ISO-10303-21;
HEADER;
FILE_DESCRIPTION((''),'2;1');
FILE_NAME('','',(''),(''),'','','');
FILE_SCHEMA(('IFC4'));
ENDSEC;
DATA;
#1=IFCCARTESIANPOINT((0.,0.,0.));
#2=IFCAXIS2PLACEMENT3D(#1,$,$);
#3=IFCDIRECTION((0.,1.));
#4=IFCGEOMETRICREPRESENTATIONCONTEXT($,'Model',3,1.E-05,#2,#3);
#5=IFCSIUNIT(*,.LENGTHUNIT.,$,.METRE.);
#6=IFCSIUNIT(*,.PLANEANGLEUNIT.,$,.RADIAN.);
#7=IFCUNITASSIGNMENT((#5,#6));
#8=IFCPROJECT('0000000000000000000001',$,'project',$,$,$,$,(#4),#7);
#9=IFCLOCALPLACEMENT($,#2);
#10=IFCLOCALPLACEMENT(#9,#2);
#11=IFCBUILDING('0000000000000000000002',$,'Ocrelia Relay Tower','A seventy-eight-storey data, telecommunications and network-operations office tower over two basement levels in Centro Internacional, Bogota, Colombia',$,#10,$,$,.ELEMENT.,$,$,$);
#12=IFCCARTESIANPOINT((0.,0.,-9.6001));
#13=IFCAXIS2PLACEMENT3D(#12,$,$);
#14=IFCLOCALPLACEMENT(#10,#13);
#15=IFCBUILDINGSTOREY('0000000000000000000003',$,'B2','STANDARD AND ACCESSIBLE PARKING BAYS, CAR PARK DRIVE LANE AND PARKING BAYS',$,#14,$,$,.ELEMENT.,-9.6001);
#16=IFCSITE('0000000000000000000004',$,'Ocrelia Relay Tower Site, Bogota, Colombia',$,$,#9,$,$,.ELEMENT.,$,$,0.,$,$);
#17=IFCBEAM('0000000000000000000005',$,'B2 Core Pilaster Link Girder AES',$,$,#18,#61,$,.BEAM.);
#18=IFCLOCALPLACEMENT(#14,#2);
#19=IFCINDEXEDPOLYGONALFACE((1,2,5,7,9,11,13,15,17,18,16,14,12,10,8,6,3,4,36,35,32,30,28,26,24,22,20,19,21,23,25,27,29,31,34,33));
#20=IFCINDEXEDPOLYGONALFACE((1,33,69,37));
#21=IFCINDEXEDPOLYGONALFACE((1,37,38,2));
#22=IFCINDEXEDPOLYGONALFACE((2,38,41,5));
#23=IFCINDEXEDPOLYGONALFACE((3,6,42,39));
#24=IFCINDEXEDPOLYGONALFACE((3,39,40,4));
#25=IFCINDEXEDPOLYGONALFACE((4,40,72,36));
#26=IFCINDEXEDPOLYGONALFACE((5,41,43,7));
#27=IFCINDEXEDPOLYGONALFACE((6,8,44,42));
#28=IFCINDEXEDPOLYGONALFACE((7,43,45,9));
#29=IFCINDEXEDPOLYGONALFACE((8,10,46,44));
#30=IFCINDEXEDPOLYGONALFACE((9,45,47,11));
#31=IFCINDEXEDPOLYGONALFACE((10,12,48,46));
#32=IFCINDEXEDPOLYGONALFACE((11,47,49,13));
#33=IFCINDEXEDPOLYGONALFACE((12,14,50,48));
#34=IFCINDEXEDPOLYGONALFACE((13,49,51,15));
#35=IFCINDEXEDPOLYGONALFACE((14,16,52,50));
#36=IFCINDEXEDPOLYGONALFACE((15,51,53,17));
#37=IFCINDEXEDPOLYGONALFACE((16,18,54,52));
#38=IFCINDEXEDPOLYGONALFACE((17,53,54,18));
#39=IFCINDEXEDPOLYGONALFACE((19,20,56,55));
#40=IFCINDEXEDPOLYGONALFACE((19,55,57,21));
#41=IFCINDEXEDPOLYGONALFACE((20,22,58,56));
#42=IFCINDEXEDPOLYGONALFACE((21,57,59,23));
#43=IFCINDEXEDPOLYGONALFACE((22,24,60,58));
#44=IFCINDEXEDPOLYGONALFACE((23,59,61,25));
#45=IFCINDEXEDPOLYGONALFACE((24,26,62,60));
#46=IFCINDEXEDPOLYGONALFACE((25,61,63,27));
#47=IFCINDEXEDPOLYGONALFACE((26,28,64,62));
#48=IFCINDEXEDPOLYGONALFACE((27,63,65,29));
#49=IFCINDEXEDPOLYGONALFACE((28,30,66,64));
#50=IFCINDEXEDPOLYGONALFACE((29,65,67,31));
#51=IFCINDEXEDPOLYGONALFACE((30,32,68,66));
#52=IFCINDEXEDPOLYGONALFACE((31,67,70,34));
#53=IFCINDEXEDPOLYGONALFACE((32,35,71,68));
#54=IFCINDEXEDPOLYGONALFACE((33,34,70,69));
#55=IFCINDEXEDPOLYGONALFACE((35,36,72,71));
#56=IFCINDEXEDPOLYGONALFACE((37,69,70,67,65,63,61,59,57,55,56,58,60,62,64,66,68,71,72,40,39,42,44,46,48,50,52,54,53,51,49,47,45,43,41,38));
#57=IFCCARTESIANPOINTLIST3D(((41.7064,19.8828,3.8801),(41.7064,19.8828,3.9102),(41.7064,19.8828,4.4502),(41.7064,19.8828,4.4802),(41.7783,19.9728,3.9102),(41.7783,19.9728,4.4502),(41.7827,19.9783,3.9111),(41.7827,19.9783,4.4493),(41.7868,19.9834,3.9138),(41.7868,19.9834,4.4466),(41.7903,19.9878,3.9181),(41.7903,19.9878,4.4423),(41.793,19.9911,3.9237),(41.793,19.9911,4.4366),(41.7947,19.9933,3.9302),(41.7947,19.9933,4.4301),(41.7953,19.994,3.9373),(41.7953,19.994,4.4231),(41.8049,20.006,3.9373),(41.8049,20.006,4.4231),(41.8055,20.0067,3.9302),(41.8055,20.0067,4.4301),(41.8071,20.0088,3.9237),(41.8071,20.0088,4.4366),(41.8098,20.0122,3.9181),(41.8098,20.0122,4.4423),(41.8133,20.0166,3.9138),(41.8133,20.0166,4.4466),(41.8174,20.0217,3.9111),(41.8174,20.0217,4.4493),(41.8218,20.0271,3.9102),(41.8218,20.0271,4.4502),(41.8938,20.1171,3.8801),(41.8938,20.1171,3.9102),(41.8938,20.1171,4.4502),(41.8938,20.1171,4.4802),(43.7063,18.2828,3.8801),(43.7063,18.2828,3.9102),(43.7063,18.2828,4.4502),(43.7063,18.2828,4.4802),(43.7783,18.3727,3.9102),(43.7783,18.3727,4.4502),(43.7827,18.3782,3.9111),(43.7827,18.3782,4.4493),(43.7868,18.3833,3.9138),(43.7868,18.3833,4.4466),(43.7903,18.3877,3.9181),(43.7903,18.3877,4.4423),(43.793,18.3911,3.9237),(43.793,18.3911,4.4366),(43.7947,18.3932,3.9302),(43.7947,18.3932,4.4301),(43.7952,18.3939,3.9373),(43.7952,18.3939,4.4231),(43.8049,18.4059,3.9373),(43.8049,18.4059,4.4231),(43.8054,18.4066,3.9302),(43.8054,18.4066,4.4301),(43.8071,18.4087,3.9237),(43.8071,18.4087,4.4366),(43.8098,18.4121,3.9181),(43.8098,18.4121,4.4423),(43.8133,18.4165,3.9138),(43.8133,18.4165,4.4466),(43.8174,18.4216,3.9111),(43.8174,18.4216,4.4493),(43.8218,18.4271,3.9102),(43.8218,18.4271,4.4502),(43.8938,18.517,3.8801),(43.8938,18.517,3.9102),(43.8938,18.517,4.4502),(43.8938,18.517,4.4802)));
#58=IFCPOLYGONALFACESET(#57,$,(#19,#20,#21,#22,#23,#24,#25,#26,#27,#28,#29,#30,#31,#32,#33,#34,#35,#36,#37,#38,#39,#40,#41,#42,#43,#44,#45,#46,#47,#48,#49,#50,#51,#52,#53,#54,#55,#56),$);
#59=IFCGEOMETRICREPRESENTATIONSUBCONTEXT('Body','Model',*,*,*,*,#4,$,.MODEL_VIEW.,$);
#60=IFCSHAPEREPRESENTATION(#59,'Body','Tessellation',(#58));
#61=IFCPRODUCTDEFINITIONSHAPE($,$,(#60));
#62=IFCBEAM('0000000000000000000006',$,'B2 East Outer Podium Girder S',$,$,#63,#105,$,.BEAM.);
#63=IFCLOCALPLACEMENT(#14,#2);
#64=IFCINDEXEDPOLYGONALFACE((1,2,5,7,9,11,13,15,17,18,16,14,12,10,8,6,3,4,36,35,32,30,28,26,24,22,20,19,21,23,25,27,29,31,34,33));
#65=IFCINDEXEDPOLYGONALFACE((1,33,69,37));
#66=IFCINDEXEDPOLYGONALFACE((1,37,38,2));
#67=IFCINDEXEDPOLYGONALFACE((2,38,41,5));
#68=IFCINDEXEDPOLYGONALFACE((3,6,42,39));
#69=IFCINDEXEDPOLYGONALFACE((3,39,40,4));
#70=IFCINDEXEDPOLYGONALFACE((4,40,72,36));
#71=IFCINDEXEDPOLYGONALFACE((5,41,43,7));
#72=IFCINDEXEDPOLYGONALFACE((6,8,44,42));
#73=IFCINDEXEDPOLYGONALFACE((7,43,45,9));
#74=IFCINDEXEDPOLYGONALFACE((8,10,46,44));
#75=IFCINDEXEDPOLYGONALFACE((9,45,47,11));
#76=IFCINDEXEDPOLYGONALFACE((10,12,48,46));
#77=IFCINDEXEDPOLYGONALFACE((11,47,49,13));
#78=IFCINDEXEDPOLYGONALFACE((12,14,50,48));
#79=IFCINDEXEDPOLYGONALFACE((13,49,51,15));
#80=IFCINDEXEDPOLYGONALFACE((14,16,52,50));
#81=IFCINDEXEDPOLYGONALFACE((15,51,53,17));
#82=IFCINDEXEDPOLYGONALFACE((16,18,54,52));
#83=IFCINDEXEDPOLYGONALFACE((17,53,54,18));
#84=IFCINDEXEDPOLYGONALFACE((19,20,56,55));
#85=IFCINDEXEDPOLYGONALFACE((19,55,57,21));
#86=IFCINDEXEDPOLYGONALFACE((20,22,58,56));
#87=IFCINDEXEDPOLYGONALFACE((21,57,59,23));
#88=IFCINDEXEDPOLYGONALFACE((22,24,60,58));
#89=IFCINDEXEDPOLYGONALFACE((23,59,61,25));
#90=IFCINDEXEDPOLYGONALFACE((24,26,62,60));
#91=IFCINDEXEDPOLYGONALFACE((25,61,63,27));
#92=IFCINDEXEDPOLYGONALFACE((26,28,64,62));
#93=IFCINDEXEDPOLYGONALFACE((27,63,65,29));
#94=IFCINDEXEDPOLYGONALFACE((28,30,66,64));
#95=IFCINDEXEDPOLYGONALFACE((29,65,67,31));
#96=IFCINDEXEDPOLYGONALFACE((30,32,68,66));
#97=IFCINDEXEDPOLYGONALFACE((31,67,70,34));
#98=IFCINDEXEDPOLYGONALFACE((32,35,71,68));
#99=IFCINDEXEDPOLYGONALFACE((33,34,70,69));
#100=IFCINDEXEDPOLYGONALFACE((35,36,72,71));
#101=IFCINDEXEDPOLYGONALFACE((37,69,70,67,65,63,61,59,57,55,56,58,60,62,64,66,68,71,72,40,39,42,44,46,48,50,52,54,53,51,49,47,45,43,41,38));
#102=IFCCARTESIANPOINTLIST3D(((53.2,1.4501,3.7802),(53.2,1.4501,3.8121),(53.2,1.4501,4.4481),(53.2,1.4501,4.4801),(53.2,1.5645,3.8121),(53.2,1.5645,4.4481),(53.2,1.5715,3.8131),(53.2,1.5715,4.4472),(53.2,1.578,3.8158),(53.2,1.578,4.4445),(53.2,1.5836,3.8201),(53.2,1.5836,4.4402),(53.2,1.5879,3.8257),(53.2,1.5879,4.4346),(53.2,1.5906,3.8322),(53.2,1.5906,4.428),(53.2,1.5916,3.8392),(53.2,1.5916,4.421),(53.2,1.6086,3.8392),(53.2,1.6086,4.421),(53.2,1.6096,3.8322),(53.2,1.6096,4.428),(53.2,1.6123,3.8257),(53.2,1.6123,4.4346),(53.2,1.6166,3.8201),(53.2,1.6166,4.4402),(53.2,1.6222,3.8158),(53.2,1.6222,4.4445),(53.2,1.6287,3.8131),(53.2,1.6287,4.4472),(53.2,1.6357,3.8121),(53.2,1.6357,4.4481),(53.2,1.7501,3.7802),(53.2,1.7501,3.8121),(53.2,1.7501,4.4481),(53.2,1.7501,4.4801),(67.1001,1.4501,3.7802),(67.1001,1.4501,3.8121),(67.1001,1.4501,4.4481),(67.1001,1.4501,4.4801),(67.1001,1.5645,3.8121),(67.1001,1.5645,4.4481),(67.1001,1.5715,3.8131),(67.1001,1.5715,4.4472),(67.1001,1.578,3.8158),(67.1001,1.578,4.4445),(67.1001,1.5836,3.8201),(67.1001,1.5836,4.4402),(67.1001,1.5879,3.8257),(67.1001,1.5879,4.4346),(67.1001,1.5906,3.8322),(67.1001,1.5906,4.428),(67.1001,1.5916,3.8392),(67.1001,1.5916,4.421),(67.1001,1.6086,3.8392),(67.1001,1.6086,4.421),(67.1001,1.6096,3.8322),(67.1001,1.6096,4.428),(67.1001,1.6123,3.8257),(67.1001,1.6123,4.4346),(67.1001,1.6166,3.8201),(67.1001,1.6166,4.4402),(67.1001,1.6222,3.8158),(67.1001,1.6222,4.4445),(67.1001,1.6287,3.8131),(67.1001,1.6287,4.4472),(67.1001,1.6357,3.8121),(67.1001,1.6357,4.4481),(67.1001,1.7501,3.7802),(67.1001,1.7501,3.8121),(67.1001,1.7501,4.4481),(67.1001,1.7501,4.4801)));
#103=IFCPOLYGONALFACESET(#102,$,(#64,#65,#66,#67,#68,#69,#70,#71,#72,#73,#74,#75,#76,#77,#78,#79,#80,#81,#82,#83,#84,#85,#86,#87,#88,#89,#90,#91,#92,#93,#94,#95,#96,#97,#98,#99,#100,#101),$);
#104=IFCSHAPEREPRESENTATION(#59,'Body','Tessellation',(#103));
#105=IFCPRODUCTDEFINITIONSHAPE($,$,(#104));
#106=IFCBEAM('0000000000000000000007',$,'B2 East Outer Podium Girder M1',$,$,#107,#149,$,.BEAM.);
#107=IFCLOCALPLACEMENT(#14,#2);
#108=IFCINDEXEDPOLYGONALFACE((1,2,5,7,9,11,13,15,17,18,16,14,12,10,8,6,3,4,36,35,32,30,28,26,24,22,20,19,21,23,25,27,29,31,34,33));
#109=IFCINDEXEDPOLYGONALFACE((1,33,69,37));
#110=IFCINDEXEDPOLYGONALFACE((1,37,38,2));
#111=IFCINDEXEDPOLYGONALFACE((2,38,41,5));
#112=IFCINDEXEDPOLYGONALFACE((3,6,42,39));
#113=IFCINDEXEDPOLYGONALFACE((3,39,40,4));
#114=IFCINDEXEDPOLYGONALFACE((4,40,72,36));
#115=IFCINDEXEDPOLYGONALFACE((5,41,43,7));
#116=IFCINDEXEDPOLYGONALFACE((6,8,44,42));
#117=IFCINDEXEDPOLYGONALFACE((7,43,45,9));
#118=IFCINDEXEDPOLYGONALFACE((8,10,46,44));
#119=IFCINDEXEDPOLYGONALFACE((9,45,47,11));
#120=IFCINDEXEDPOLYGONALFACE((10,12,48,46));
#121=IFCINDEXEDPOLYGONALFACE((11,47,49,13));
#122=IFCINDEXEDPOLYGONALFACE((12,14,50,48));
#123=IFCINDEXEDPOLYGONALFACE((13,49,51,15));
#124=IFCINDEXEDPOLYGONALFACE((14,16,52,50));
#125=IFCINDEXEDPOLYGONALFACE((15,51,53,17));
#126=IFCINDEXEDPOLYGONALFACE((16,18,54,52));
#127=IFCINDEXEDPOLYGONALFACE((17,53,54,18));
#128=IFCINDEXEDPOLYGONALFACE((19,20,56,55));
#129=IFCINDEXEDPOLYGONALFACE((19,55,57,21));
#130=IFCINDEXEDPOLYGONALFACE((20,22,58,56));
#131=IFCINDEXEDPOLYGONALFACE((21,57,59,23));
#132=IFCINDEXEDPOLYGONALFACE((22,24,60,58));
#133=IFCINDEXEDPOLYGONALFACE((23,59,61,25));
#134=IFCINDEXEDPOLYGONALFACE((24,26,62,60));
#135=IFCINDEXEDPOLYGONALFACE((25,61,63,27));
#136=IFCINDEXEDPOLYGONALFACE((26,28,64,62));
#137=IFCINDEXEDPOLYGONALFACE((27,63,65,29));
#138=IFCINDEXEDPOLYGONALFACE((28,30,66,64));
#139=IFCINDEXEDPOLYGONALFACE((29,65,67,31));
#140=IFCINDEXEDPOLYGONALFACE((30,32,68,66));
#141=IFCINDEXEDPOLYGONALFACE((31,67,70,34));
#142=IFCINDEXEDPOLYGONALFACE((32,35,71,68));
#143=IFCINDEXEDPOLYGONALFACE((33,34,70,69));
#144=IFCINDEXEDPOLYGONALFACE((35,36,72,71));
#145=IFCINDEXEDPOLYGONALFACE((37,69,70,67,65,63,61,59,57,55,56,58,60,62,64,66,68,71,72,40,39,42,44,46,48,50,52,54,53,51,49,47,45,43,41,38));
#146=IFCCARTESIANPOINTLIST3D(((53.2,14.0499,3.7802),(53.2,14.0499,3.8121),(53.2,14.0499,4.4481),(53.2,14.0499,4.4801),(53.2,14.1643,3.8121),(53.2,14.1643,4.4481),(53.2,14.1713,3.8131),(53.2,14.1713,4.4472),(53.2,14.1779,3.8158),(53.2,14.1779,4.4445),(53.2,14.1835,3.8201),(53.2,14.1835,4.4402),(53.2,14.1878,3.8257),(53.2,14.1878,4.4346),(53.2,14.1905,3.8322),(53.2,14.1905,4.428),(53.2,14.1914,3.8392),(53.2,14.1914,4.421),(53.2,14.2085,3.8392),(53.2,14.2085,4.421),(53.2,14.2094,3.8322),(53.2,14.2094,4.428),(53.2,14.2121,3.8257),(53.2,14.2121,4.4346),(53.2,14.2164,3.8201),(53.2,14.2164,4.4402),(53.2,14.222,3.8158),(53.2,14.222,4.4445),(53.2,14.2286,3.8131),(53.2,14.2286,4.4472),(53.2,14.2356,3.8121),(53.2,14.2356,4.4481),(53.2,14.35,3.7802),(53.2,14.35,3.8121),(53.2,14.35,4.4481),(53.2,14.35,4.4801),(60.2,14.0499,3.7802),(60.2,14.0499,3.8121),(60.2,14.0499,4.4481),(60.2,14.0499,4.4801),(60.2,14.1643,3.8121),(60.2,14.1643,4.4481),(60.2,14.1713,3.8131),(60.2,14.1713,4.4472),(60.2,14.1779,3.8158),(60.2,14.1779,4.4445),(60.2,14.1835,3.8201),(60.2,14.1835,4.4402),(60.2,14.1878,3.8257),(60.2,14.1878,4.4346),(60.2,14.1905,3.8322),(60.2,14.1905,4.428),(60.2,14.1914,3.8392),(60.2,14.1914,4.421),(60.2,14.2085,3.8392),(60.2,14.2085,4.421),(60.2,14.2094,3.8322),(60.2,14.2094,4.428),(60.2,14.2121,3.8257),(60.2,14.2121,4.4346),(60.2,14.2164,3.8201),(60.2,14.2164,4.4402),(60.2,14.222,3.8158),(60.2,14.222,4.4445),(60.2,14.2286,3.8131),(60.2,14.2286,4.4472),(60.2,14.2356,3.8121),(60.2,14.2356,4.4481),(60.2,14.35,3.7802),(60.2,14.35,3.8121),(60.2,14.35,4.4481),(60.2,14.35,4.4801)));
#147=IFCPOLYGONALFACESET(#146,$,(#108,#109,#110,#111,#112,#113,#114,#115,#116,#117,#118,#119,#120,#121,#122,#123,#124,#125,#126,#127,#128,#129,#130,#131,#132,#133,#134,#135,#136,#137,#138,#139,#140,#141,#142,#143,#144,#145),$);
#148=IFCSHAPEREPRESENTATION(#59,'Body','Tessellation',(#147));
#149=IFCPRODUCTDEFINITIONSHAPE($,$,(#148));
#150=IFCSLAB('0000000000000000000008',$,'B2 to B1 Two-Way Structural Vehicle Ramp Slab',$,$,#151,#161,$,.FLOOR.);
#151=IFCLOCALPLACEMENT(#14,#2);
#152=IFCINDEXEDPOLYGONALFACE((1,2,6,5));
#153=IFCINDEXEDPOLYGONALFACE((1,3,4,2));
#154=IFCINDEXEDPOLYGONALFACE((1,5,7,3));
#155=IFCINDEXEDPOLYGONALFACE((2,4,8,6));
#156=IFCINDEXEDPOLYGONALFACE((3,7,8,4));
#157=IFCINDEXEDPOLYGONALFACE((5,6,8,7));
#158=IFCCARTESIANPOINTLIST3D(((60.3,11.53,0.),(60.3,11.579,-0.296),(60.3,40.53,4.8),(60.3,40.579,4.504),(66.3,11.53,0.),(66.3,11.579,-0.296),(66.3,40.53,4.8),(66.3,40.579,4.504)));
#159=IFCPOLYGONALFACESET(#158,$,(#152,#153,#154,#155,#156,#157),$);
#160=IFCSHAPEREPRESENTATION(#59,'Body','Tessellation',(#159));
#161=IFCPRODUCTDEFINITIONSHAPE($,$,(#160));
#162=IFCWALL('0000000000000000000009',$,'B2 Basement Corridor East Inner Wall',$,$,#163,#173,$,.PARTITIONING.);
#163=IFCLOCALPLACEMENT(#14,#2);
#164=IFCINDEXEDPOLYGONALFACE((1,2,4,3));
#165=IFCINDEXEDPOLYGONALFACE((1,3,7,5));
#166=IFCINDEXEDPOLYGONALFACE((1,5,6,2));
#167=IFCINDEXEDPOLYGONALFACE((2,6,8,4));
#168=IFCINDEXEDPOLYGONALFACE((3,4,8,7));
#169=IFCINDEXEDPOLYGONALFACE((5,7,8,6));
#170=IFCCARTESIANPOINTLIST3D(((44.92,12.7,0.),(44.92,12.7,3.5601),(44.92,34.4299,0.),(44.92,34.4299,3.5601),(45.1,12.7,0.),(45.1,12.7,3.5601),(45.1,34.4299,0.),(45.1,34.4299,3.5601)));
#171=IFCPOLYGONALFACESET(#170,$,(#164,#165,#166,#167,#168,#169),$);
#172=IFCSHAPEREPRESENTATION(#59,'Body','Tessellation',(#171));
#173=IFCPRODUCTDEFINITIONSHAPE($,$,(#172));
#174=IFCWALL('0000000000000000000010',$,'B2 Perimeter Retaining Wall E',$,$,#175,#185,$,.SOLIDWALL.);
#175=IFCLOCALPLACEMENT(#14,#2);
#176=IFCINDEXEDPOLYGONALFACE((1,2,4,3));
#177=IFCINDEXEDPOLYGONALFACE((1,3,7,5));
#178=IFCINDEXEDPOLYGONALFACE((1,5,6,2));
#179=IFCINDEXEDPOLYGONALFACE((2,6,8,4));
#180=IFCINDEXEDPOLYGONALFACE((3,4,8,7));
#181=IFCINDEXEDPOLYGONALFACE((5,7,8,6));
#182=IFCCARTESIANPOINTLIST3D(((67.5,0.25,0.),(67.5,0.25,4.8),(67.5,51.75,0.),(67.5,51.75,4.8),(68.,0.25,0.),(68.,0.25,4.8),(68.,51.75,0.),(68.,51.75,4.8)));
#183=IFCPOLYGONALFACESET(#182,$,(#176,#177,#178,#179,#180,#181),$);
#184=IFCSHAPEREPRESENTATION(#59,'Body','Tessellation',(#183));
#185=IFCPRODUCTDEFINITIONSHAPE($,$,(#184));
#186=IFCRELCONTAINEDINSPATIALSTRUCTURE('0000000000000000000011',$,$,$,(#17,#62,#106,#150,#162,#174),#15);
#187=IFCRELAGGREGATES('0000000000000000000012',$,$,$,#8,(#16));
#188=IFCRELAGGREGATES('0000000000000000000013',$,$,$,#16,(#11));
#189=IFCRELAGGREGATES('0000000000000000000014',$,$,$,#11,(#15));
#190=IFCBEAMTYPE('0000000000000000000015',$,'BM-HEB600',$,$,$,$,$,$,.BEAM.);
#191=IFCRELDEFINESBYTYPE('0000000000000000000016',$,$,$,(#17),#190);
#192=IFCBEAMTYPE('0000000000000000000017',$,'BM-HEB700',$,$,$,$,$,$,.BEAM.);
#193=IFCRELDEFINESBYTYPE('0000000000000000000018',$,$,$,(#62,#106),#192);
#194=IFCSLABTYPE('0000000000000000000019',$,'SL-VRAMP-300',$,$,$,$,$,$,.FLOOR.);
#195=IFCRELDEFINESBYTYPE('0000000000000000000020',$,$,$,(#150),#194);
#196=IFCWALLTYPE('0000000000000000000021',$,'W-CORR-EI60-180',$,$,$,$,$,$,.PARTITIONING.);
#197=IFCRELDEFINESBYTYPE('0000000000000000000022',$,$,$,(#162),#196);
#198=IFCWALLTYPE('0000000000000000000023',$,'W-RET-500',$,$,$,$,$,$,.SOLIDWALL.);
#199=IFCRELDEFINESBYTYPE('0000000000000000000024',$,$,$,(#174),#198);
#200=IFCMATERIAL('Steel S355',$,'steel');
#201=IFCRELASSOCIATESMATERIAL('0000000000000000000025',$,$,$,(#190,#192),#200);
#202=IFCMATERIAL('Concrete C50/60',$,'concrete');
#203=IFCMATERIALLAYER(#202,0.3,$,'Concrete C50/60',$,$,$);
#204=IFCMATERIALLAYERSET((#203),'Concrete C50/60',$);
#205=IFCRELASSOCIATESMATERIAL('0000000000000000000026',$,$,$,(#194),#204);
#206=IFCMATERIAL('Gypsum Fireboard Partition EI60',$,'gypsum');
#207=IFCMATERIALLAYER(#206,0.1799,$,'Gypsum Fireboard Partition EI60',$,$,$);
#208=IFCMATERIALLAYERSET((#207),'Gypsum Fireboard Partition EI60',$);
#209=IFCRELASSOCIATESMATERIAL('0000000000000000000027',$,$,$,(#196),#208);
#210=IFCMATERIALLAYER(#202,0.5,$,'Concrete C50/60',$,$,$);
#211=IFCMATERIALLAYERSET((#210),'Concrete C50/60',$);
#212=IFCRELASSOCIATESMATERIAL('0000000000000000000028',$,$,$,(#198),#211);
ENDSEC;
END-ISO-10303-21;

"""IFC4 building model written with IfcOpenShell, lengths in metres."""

from ifc_helpers import new_model, si_unit, direction, frame, frame_2d, origin, origin_2d, place, context, subcontext, project, spatial, polyline, rectangle, i_section, outline, extrude, material, layer, layer_set, material_profile, profile_set, type_object, element, save


model = new_model("IFC4")

# Units and contexts
model_context = context("Model", 3, precision=1e-05, world=origin(), true_north=direction((0.0, 1.0)))
body_context = subcontext(model_context, "Body", "Model", "MODEL_VIEW")
ifc_project = project(units=[si_unit("LENGTHUNIT", "METRE"), si_unit("PLANEANGLEUNIT", "RADIAN")], contexts=[model_context])

# Site, building, storey
site_placement = place(None, origin())
site = spatial("IfcSite", under=ifc_project, at=site_placement, Name="Ocrelia Relay Tower Site, Bogota, Colombia", CompositionType="ELEMENT", RefElevation=0.0)
building_placement = place(site_placement, origin())
building = spatial("IfcBuilding", under=site, at=building_placement, Name="Ocrelia Relay Tower", Description="A seventy-eight-storey data, telecommunications and network-operations office tower over two basement levels in Centro Internacional, Bogota, Colombia", CompositionType="ELEMENT")
storey_placement = place(building_placement, frame((0.0, 0.0, -9.6001)))
storey = spatial("IfcBuildingStorey", under=building, at=storey_placement, Name="B2", Description="STANDARD AND ACCESSIBLE PARKING BAYS, CAR PARK DRIVE LANE AND PARKING BAYS", CompositionType="ELEMENT", Elevation=-9.6001)

# Shared definitions
ifc_material_1 = material(Name="Concrete C50/60", Category="concrete")

# Beams
ifc_material_2 = material(Name="Steel S355", Category="steel")
ifc_material_profile_1 = material_profile(ifc_material_2, i_section(OverallWidth=0.3, OverallDepth=0.6001, WebThickness=0.0154, FlangeThickness=0.03, FilletRadius=0.0271, at=origin_2d()), Name="HEB 600")
ifc_profile_set_1 = profile_set([ifc_material_profile_1], Name="Steel S355")
beam_type_1 = type_object("IfcBeamType", Name="BM-HEB600", PredefinedType="BEAM", material=ifc_profile_set_1)
beam_1_placement = place(storey_placement, frame((43.8, 18.3999, 4.1802), z_axis=(-0.78085, 0.624718, 0.0), x_axis=(-0.624718, -0.78085, 0.0)))
element("IfcBeam", 1, at=beam_1_placement, inside=storey, type_object=beam_type_1, Name="B2 Core Pilaster Link Girder AES", PredefinedType="BEAM", context=body_context, shape_type="SweptSolid", body=[
    extrude(i_section(OverallWidth=0.3, OverallDepth=0.6001, WebThickness=0.0154, FlangeThickness=0.03, FilletRadius=0.0271, at=origin_2d()), origin(), (0.0, 0.0, 1.0), 2.5613),
])
ifc_material_profile_2 = material_profile(ifc_material_2, i_section(OverallWidth=0.3, OverallDepth=0.7, WebThickness=0.0171, FlangeThickness=0.032, FilletRadius=0.0271, at=origin_2d()), Name="HEB 700")
ifc_profile_set_2 = profile_set([ifc_material_profile_2], Name="Steel S355")
beam_type_2 = type_object("IfcBeamType", Name="BM-HEB700", PredefinedType="BEAM", material=ifc_profile_set_2)
beam_2_placement = place(storey_placement, frame((53.2, 1.6001, 4.1301), z_axis=(1.0, 0.0, 0.0), x_axis=(0.0, 1.0, 0.0)))
element("IfcBeam", 2, at=beam_2_placement, inside=storey, type_object=beam_type_2, Name="B2 East Outer Podium Girder S", PredefinedType="BEAM", context=body_context, shape_type="SweptSolid", body=[
    extrude(i_section(OverallWidth=0.3, OverallDepth=0.7, WebThickness=0.0171, FlangeThickness=0.032, FilletRadius=0.0271, at=origin_2d()), origin(), (0.0, 0.0, 1.0), 13.9001),
])
beam_3_placement = place(storey_placement, frame((53.2, 14.2, 4.1301), z_axis=(1.0, 0.0, 0.0), x_axis=(0.0, 1.0, 0.0)))
element("IfcBeam", 3, at=beam_3_placement, inside=storey, type_object=beam_type_2, Name="B2 East Outer Podium Girder M1", PredefinedType="BEAM", context=body_context, shape_type="SweptSolid", body=[
    extrude(i_section(OverallWidth=0.3, OverallDepth=0.7, WebThickness=0.0171, FlangeThickness=0.032, FilletRadius=0.0271, at=origin_2d()), origin(), (0.0, 0.0, 1.0), 7.0),
])

# Slab
ifc_layer_1 = layer(ifc_material_1, 0.3, Name="Concrete C50/60")
ifc_layer_set_1 = layer_set([ifc_layer_1], Name="Concrete C50/60")
slab_type = type_object("IfcSlabType", Name="SL-VRAMP-300", PredefinedType="FLOOR", material=ifc_layer_set_1)
slab_placement = place(storey_placement, frame((60.3, 11.53, 0.0), z_axis=(0.0, -0.163297, 0.986577), x_axis=(1.0, 0.0, 0.0)))
element("IfcSlab", 4, at=slab_placement, inside=storey, type_object=slab_type, Name="B2 to B1 Two-Way Structural Vehicle Ramp Slab", PredefinedType="FLOOR", context=body_context, shape_type="SweptSolid", body=[
    extrude(outline(polyline([(0.0, 0.0), (6.0, 0.0), (6.0, 29.3946), (0.0, 29.3946), (0.0, 0.0)])), origin(), (0.0, 0.0, -1.0), 0.3),
])

# Wall
ifc_material_3 = material(Name="Gypsum Fireboard Partition EI60", Category="gypsum")
ifc_layer_2 = layer(ifc_material_3, 0.1799, Name="Gypsum Fireboard Partition EI60")
ifc_layer_set_2 = layer_set([ifc_layer_2], Name="Gypsum Fireboard Partition EI60")
wall_type_1 = type_object("IfcWallType", Name="W-CORR-EI60-180", PredefinedType="PARTITIONING", material=ifc_layer_set_2)
wall_1_placement = place(storey_placement, frame((45.01, 12.7, 0.0), z_axis=(0.0, 0.0, 1.0), x_axis=(0.0, 1.0, 0.0)))
element("IfcWall", 5, at=wall_1_placement, inside=storey, type_object=wall_type_1, Name="B2 Basement Corridor East Inner Wall", PredefinedType="PARTITIONING", context=body_context, shape_type="SweptSolid", body=[
    extrude(rectangle(XDim=21.73, YDim=0.1799, at=frame_2d((10.865, 0.0))), origin(), (0.0, 0.0, 1.0), 3.5601),
])

# Wall
ifc_layer_3 = layer(ifc_material_1, 0.5, Name="Concrete C50/60")
ifc_layer_set_3 = layer_set([ifc_layer_3], Name="Concrete C50/60")
wall_type_2 = type_object("IfcWallType", Name="W-RET-500", PredefinedType="SOLIDWALL", material=ifc_layer_set_3)
wall_2_placement = place(storey_placement, frame((67.75, 0.25, 0.0), z_axis=(0.0, 0.0, 1.0), x_axis=(0.0, 1.0, 0.0)))
element("IfcWall", 6, at=wall_2_placement, inside=storey, type_object=wall_type_2, Name="B2 Perimeter Retaining Wall E", PredefinedType="SOLIDWALL", context=body_context, shape_type="SweptSolid", body=[
    extrude(rectangle(XDim=51.5, YDim=0.5, at=frame_2d((25.75, 0.0))), origin(), (0.0, 0.0, 1.0), 4.8),
])

save(model, "model.ifc")
